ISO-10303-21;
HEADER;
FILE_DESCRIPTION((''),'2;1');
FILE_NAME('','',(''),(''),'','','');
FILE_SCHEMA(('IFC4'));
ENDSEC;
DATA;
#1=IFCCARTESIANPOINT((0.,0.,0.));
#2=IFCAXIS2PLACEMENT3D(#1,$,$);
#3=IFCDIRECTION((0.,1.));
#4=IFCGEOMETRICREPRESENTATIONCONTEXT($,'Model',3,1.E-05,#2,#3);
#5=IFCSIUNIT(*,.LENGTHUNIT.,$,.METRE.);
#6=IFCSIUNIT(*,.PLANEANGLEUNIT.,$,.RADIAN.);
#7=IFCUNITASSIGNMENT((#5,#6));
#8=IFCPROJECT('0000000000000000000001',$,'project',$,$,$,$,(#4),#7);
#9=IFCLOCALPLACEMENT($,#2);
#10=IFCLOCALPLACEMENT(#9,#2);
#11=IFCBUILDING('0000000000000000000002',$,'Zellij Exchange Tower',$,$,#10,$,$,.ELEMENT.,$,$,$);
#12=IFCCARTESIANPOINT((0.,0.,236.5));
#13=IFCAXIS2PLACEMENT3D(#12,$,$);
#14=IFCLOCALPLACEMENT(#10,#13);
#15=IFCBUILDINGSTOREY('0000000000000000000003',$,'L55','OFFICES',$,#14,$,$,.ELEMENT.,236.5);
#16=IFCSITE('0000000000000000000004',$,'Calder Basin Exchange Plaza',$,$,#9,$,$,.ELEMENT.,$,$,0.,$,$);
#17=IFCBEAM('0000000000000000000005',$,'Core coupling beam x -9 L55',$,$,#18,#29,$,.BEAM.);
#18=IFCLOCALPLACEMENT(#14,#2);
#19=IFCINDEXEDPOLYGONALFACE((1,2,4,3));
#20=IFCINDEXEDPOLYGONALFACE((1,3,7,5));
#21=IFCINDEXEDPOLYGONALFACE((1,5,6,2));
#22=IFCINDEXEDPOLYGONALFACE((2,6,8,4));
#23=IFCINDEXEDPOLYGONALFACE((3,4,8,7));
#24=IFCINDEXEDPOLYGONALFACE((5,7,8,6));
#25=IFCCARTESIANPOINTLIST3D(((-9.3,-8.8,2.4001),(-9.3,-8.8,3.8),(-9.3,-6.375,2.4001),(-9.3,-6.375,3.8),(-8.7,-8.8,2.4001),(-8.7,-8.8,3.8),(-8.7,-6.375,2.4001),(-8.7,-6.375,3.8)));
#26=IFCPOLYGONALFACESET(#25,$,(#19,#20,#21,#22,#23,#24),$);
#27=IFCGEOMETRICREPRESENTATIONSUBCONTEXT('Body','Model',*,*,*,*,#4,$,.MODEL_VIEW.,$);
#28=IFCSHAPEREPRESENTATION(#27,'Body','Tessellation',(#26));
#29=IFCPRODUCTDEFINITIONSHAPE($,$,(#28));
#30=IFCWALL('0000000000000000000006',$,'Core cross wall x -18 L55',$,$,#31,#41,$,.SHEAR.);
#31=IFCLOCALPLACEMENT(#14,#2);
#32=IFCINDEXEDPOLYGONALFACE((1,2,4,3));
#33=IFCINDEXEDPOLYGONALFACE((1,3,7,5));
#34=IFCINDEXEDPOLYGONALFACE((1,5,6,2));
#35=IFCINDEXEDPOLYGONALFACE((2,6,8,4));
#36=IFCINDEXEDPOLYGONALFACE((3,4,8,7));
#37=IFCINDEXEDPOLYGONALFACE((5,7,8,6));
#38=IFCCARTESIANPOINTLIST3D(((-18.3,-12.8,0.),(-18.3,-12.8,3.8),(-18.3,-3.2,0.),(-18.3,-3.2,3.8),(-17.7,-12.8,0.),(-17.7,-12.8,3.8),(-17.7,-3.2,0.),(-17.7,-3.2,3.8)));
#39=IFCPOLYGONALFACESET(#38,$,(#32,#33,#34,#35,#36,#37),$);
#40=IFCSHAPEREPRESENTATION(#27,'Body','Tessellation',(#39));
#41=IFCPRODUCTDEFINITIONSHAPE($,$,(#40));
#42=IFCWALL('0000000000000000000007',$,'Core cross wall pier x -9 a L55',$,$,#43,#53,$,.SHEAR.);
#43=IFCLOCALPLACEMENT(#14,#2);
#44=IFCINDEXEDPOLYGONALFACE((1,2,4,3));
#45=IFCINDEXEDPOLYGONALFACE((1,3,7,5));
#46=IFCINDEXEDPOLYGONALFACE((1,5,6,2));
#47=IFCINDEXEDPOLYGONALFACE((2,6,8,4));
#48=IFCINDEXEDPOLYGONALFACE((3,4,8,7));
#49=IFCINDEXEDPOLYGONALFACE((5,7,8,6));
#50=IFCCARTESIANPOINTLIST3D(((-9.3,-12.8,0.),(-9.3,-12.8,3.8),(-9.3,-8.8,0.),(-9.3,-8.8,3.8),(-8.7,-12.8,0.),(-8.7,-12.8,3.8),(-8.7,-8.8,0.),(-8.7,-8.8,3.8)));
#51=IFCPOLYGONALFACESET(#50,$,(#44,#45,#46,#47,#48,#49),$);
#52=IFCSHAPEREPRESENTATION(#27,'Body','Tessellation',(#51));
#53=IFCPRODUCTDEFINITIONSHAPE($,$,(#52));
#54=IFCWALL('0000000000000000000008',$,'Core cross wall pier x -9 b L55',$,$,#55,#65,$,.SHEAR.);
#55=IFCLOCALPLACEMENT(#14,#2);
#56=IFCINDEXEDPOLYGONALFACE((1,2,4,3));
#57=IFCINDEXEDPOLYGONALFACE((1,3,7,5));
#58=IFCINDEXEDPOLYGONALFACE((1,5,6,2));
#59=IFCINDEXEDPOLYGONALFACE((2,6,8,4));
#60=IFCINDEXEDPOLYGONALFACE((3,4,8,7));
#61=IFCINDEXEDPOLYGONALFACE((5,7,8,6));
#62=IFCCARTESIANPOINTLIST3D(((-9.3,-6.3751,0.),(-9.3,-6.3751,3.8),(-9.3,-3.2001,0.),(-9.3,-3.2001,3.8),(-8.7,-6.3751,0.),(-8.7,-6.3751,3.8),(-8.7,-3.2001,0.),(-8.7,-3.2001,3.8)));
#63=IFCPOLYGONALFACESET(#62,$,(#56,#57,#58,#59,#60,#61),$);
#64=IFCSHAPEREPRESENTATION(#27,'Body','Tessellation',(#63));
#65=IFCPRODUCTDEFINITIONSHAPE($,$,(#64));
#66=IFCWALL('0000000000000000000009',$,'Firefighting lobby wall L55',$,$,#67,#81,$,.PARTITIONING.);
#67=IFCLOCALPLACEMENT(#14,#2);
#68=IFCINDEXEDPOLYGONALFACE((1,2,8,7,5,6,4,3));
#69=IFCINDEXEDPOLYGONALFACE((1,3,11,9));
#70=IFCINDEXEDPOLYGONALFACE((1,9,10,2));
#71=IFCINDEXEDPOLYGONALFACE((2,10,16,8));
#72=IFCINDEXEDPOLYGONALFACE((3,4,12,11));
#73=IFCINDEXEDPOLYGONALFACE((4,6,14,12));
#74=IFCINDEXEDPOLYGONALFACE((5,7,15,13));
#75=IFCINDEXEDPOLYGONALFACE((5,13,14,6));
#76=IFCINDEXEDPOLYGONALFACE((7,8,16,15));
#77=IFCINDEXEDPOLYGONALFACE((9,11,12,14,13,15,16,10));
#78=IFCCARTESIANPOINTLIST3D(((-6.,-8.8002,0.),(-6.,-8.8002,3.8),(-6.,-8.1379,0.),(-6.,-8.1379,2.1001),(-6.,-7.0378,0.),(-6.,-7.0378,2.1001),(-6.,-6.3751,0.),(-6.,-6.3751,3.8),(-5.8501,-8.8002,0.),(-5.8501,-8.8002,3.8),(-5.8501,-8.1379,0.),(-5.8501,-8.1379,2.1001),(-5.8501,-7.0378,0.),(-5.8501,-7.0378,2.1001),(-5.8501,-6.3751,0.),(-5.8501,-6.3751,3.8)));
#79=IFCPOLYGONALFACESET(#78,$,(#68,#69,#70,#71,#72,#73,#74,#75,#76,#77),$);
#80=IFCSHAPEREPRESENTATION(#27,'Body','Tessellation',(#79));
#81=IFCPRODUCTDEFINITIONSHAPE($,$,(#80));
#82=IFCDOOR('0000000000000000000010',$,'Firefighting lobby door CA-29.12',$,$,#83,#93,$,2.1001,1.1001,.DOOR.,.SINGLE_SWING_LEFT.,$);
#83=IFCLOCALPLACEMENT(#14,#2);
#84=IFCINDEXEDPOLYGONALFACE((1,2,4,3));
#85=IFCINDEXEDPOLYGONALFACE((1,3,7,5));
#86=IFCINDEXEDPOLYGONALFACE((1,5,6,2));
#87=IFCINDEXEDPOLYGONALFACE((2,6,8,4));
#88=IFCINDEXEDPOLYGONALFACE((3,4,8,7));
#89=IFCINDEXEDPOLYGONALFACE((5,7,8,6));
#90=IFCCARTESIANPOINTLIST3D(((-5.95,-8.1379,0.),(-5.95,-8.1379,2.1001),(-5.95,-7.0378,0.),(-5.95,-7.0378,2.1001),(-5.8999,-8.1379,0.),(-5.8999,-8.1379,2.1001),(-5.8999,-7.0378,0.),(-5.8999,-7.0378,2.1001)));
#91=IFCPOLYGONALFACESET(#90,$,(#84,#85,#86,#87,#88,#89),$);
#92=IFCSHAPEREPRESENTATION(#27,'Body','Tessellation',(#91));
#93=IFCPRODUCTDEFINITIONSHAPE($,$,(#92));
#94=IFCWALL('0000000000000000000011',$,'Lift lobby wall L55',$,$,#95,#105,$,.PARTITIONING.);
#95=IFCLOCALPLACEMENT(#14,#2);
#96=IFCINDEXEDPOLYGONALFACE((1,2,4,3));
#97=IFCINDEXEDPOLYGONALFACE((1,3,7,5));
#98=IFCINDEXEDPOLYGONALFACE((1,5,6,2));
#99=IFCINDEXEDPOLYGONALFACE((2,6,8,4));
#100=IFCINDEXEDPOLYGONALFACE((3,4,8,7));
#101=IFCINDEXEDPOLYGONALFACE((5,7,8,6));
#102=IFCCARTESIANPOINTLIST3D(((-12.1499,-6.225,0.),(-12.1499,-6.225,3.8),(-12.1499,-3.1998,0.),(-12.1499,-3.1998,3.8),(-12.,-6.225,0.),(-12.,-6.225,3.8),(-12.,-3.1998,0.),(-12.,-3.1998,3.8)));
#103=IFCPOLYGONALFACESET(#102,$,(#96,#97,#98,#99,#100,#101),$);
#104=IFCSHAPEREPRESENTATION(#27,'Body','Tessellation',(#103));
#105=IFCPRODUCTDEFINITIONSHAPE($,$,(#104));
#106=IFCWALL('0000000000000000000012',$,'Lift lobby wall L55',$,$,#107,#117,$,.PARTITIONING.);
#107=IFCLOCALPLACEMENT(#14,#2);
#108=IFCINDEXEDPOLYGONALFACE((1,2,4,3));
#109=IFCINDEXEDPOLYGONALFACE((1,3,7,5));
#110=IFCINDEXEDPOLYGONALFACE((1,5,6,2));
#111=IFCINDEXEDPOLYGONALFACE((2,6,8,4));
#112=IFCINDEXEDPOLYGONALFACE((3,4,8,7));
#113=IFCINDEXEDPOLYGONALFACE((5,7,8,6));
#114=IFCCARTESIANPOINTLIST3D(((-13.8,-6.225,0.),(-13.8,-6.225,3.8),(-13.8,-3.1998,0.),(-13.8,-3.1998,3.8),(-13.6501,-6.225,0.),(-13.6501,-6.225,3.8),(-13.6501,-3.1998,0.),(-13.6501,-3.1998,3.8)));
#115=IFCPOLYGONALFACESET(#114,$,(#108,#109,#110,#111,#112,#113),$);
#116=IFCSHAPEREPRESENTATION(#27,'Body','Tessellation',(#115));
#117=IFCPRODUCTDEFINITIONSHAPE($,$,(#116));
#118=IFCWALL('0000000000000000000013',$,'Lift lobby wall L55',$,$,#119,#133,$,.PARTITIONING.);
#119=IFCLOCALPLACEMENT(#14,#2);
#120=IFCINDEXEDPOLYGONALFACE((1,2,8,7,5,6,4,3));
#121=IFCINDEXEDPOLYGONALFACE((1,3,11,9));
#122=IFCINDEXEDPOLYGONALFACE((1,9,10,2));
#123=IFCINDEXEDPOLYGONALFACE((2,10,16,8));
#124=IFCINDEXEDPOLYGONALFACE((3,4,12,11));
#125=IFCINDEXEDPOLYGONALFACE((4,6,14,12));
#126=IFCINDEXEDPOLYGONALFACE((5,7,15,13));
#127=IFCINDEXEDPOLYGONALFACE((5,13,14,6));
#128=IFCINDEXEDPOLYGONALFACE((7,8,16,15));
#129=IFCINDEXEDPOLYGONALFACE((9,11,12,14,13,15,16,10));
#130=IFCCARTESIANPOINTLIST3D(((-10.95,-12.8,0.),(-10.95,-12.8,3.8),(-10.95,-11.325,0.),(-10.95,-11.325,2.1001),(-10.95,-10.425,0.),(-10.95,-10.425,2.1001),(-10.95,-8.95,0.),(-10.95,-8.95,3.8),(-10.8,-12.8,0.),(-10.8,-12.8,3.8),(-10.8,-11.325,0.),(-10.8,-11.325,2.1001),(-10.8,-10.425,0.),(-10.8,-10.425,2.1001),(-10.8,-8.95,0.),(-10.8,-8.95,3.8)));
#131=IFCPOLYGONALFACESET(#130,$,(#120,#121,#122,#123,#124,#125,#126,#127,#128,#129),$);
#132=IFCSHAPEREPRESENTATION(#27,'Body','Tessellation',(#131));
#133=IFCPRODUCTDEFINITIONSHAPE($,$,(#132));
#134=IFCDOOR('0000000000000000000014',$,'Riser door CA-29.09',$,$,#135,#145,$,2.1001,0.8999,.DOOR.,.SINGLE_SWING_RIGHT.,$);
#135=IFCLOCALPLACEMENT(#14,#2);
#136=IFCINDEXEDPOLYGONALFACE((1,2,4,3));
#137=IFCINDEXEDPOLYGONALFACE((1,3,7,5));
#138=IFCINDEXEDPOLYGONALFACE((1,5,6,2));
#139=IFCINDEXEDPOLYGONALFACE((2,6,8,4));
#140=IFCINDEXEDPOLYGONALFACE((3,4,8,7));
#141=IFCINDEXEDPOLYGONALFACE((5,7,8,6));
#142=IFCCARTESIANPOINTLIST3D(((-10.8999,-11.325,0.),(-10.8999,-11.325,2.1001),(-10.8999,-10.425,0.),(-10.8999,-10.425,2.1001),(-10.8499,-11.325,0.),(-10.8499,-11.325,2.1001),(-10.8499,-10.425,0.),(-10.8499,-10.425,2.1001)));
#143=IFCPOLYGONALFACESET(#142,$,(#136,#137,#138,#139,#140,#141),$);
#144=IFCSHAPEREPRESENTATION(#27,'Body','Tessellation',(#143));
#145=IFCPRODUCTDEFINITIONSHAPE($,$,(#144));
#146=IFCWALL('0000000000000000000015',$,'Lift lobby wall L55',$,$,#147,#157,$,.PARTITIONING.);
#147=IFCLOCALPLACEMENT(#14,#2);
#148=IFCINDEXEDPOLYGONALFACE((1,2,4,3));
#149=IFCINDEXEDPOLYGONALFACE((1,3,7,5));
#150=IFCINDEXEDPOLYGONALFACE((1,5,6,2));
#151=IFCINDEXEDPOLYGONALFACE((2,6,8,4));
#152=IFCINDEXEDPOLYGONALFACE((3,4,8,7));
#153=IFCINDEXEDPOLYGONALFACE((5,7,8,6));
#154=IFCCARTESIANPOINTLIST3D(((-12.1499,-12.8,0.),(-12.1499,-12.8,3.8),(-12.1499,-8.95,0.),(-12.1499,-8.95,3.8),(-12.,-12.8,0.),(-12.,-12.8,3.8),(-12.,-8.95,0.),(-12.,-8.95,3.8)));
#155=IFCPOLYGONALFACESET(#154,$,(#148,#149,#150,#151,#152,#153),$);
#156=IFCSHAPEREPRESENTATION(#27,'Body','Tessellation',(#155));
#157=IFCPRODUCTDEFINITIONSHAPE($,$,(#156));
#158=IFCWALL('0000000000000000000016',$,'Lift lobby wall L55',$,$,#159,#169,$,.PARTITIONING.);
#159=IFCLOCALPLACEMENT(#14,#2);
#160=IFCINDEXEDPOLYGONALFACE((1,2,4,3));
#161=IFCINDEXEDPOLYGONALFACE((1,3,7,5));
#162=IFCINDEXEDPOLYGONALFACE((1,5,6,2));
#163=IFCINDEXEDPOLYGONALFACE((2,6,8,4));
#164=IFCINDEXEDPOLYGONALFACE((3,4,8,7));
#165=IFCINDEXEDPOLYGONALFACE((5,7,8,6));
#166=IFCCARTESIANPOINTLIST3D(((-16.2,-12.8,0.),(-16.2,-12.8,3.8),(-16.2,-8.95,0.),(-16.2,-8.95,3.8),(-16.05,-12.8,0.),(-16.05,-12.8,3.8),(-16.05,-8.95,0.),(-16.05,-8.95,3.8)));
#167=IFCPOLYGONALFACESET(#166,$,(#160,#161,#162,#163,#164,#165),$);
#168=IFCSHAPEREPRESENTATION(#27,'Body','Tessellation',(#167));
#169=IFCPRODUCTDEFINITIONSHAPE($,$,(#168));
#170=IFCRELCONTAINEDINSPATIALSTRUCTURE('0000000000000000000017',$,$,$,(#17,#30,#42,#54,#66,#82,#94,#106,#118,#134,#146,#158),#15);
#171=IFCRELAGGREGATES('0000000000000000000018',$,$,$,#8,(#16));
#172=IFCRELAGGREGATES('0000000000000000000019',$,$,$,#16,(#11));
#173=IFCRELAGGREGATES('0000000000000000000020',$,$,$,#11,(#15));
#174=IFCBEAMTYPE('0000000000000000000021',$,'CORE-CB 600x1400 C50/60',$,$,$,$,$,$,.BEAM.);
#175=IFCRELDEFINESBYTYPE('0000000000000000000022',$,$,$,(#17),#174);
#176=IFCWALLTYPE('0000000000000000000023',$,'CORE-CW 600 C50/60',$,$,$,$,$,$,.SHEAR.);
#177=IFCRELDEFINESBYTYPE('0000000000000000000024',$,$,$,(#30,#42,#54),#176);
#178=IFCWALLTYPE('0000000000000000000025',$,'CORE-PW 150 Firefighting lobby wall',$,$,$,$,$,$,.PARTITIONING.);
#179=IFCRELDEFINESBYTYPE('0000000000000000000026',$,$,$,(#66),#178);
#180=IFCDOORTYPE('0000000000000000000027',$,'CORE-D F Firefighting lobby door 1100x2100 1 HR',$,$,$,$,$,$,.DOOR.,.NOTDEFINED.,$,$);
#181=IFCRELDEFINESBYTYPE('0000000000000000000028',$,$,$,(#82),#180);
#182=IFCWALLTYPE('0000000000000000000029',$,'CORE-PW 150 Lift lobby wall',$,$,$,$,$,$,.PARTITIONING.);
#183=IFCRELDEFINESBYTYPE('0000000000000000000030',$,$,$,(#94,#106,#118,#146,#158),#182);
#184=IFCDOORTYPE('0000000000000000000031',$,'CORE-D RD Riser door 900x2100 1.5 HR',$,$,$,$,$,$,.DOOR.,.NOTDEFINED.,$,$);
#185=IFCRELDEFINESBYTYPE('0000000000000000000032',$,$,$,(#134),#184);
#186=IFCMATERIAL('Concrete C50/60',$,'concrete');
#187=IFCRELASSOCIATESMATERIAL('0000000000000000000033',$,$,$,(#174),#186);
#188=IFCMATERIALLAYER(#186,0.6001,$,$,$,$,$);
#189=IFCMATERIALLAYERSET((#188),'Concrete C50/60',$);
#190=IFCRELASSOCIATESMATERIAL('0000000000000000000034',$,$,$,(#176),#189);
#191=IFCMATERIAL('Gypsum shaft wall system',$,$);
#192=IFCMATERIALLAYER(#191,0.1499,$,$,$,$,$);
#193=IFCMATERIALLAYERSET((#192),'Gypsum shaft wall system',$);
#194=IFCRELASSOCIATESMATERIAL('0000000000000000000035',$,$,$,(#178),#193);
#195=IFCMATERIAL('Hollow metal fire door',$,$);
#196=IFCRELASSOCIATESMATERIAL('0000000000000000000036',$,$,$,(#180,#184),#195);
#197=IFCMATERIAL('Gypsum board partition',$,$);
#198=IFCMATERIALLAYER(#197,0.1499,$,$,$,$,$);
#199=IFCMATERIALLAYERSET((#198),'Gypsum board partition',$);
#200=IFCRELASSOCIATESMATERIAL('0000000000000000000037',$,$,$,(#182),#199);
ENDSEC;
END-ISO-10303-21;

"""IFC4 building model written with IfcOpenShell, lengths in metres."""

from ifc_helpers import new_model, si_unit, direction, frame, frame_2d, origin, origin_2d, place, context, subcontext, project, spatial, rectangle, extrude, material, layer, layer_set, material_profile, profile_set, type_object, element, fill, save


model = new_model("IFC4")

# Units and contexts
model_context = context("Model", 3, precision=1e-05, world=origin(), true_north=direction((0.0, 1.0)))
body_context = subcontext(model_context, "Body", "Model", "MODEL_VIEW")
ifc_project = project(units=[si_unit("LENGTHUNIT", "METRE"), si_unit("PLANEANGLEUNIT", "RADIAN")], contexts=[model_context])

# Site, building, storey
site_placement = place(None, origin())
site = spatial("IfcSite", under=ifc_project, at=site_placement, Name="Calder Basin Exchange Plaza", CompositionType="ELEMENT", RefElevation=0.0)
building_placement = place(site_placement, origin())
building = spatial("IfcBuilding", under=site, at=building_placement, Name="Zellij Exchange Tower", CompositionType="ELEMENT")
storey_placement = place(building_placement, frame((0.0, 0.0, 236.5)))
storey = spatial("IfcBuildingStorey", under=building, at=storey_placement, Name="L55", Description="OFFICES", CompositionType="ELEMENT", Elevation=236.5)

# Beam
ifc_material_1 = material(Name="Concrete C50/60", Category="concrete")
ifc_material_profile = material_profile(ifc_material_1, rectangle(XDim=0.6001, YDim=1.3999, at=origin_2d()), Name="CORE-CB 600x1400 C50/60")
ifc_profile_set = profile_set([ifc_material_profile], Name="Concrete C50/60")
beam_type = type_object("IfcBeamType", Name="CORE-CB 600x1400 C50/60", PredefinedType="BEAM", material=ifc_profile_set)
beam_placement = place(storey_placement, frame((-9.0, -8.8, 3.1001), z_axis=(0.0, 1.0, 0.0), x_axis=(-1.0, 0.0, 0.0)))
element("IfcBeam", 1, at=beam_placement, inside=storey, type_object=beam_type, Name="Core coupling beam x -9 L55", PredefinedType="BEAM", context=body_context, shape_type="SweptSolid", body=[
    extrude(rectangle(XDim=0.6001, YDim=1.3999, at=origin_2d()), origin(), (0.0, 0.0, 1.0), 2.425),
])

# Walls
ifc_layer_1 = layer(ifc_material_1, 0.6001)
ifc_layer_set_1 = layer_set([ifc_layer_1], Name="Concrete C50/60")
wall_type_1 = type_object("IfcWallType", Name="CORE-CW 600 C50/60", PredefinedType="SHEAR", material=ifc_layer_set_1)
wall_1_placement = place(storey_placement, frame((-18.0, -12.8, 0.0), z_axis=(0.0, 0.0, 1.0), x_axis=(0.0, 1.0, 0.0)))
element("IfcWall", 2, at=wall_1_placement, inside=storey, type_object=wall_type_1, Name="Core cross wall x -18 L55", PredefinedType="SHEAR", context=body_context, shape_type="SweptSolid", body=[
    extrude(rectangle(XDim=9.6001, YDim=0.6001, at=frame_2d((4.8, 0.0))), origin(), (0.0, 0.0, 1.0), 3.8),
])
wall_2_placement = place(storey_placement, frame((-9.0, -12.8, 0.0), z_axis=(0.0, 0.0, 1.0), x_axis=(0.0, 1.0, 0.0)))
element("IfcWall", 3, at=wall_2_placement, inside=storey, type_object=wall_type_1, Name="Core cross wall pier x -9 a L55", PredefinedType="SHEAR", context=body_context, shape_type="SweptSolid", body=[
    extrude(rectangle(XDim=4.0, YDim=0.6001, at=frame_2d((2.0, 0.0))), origin(), (0.0, 0.0, 1.0), 3.8),
])
wall_3_placement = place(storey_placement, frame((-9.0, -6.375, 0.0), z_axis=(0.0, 0.0, 1.0), x_axis=(0.0, 1.0, 0.0)))
element("IfcWall", 4, at=wall_3_placement, inside=storey, type_object=wall_type_1, Name="Core cross wall pier x -9 b L55", PredefinedType="SHEAR", context=body_context, shape_type="SweptSolid", body=[
    extrude(rectangle(XDim=3.175, YDim=0.6001, at=frame_2d((1.5874, 0.0))), origin(), (0.0, 0.0, 1.0), 3.8),
])

# Wall, opening, door
ifc_material_2 = material(Name="Gypsum shaft wall system")
ifc_layer_2 = layer(ifc_material_2, 0.1499)
ifc_layer_set_2 = layer_set([ifc_layer_2], Name="Gypsum shaft wall system")
wall_type_2 = type_object("IfcWallType", Name="CORE-PW 150 Firefighting lobby wall", PredefinedType="PARTITIONING", material=ifc_layer_set_2)
wall_4_placement = place(storey_placement, frame((-5.925, -8.8, 0.0), z_axis=(0.0, 0.0, 1.0), x_axis=(0.0, 1.0, 0.0)))
wall_4 = element("IfcWall", 5, at=wall_4_placement, inside=storey, type_object=wall_type_2, Name="Firefighting lobby wall L55", PredefinedType="PARTITIONING", context=body_context, shape_type="SweptSolid", body=[
    extrude(rectangle(XDim=2.425, YDim=0.1499, at=frame_2d((1.2124, 0.0))), origin(), (0.0, 0.0, 1.0), 3.8),
])
opening_1_placement = place(wall_4_placement, frame((0.6621, 0.0, 0.0)))
opening_1 = element("IfcOpeningElement", 6, at=opening_1_placement, cuts=wall_4, PredefinedType="OPENING", context=body_context, shape_type="SweptSolid", body=[
    extrude(rectangle(XDim=1.1001, YDim=2.1001, at=frame_2d((0.55, 1.05))), frame((0.0, 0.0869, 0.0), z_axis=(0.0, -1.0, 0.0), x_axis=(1.0, 0.0, 0.0)), (0.0, 0.0, 1.0), 0.1738),
])
ifc_material_3 = material(Name="Hollow metal fire door")
door_type_1 = type_object("IfcDoorType", Name="CORE-D F Firefighting lobby door 1100x2100 1 HR", OperationType="NOTDEFINED", PredefinedType="DOOR", material=ifc_material_3)
door_1_placement = place(opening_1_placement, origin())
door_1 = element("IfcDoor", 7, at=door_1_placement, inside=storey, type_object=door_type_1, Name="Firefighting lobby door CA-29.12", OperationType="SINGLE_SWING_LEFT", OverallHeight=2.1001, OverallWidth=1.1001, PredefinedType="DOOR", context=body_context, shape_type="SweptSolid", body=[
    extrude(rectangle(XDim=1.1001, YDim=2.1001, at=frame_2d((0.55, 1.05))), frame((0.0, 0.0249, 0.0), z_axis=(0.0, -1.0, 0.0), x_axis=(1.0, 0.0, 0.0)), (0.0, 0.0, 1.0), 0.05),
])
fill(opening_1, door_1)

# Walls
ifc_material_4 = material(Name="Gypsum board partition")
ifc_layer_3 = layer(ifc_material_4, 0.1499)
ifc_layer_set_3 = layer_set([ifc_layer_3], Name="Gypsum board partition")
wall_type_3 = type_object("IfcWallType", Name="CORE-PW 150 Lift lobby wall", PredefinedType="PARTITIONING", material=ifc_layer_set_3)
for number, where, z_axis, x_axis, name in (
    (8, (-12.075, -6.2251, 0.0), (0.0, 0.0, 1.0), (0.0, 1.0, 0.0), "Lift lobby wall L55"),
    (9, (-13.7251, -6.2251, 0.0), (0.0, 0.0, 1.0), (0.0, 1.0, 0.0), "Lift lobby wall L55"),
):
    element("IfcWall", number, at=place(storey_placement, frame(where, z_axis=z_axis, x_axis=x_axis)), inside=storey, type_object=wall_type_3, Name=name, PredefinedType="PARTITIONING", context=body_context, shape_type="SweptSolid", body=[
        extrude(rectangle(XDim=3.0251, YDim=0.1499, at=frame_2d((1.5127, 0.0))), origin(), (0.0, 0.0, 1.0), 3.8),
    ])

# Wall, opening, door
wall_5_placement = place(storey_placement, frame((-10.875, -12.8, 0.0), z_axis=(0.0, 0.0, 1.0), x_axis=(0.0, 1.0, 0.0)))
wall_5 = element("IfcWall", 10, at=wall_5_placement, inside=storey, type_object=wall_type_3, Name="Lift lobby wall L55", PredefinedType="PARTITIONING", context=body_context, shape_type="SweptSolid", body=[
    extrude(rectangle(XDim=3.8501, YDim=0.1499, at=frame_2d((1.925, 0.0))), origin(), (0.0, 0.0, 1.0), 3.8),
])
opening_2_placement = place(wall_5_placement, frame((1.4751, 0.0, 0.0)))
opening_2 = element("IfcOpeningElement", 11, at=opening_2_placement, cuts=wall_5, PredefinedType="OPENING", context=body_context, shape_type="SweptSolid", body=[
    extrude(rectangle(XDim=0.8999, YDim=2.1001, at=frame_2d((0.45, 1.05))), frame((0.0, 0.0869, 0.0), z_axis=(0.0, -1.0, 0.0), x_axis=(1.0, 0.0, 0.0)), (0.0, 0.0, 1.0), 0.1738),
])
door_type_2 = type_object("IfcDoorType", Name="CORE-D RD Riser door 900x2100 1.5 HR", OperationType="NOTDEFINED", PredefinedType="DOOR", material=ifc_material_3)
door_2_placement = place(opening_2_placement, origin())
door_2 = element("IfcDoor", 12, at=door_2_placement, inside=storey, type_object=door_type_2, Name="Riser door CA-29.09", OperationType="SINGLE_SWING_RIGHT", OverallHeight=2.1001, OverallWidth=0.8999, PredefinedType="DOOR", context=body_context, shape_type="SweptSolid", body=[
    extrude(rectangle(XDim=0.8999, YDim=2.1001, at=frame_2d((0.45, 1.05))), frame((0.0, 0.0249, 0.0), z_axis=(0.0, -1.0, 0.0), x_axis=(1.0, 0.0, 0.0)), (0.0, 0.0, 1.0), 0.05),
])
fill(opening_2, door_2)

# Walls
for number, where, z_axis, x_axis, name in (
    (13, (-12.075, -12.8, 0.0), (0.0, 0.0, 1.0), (0.0, 1.0, 0.0), "Lift lobby wall L55"),
    (14, (-16.125, -12.8, 0.0), (0.0, 0.0, 1.0), (0.0, 1.0, 0.0), "Lift lobby wall L55"),
):
    element("IfcWall", number, at=place(storey_placement, frame(where, z_axis=z_axis, x_axis=x_axis)), inside=storey, type_object=wall_type_3, Name=name, PredefinedType="PARTITIONING", context=body_context, shape_type="SweptSolid", body=[
        extrude(rectangle(XDim=3.8501, YDim=0.1499, at=frame_2d((1.925, 0.0))), origin(), (0.0, 0.0, 1.0), 3.8),
    ])

save(model, "model.ifc")
